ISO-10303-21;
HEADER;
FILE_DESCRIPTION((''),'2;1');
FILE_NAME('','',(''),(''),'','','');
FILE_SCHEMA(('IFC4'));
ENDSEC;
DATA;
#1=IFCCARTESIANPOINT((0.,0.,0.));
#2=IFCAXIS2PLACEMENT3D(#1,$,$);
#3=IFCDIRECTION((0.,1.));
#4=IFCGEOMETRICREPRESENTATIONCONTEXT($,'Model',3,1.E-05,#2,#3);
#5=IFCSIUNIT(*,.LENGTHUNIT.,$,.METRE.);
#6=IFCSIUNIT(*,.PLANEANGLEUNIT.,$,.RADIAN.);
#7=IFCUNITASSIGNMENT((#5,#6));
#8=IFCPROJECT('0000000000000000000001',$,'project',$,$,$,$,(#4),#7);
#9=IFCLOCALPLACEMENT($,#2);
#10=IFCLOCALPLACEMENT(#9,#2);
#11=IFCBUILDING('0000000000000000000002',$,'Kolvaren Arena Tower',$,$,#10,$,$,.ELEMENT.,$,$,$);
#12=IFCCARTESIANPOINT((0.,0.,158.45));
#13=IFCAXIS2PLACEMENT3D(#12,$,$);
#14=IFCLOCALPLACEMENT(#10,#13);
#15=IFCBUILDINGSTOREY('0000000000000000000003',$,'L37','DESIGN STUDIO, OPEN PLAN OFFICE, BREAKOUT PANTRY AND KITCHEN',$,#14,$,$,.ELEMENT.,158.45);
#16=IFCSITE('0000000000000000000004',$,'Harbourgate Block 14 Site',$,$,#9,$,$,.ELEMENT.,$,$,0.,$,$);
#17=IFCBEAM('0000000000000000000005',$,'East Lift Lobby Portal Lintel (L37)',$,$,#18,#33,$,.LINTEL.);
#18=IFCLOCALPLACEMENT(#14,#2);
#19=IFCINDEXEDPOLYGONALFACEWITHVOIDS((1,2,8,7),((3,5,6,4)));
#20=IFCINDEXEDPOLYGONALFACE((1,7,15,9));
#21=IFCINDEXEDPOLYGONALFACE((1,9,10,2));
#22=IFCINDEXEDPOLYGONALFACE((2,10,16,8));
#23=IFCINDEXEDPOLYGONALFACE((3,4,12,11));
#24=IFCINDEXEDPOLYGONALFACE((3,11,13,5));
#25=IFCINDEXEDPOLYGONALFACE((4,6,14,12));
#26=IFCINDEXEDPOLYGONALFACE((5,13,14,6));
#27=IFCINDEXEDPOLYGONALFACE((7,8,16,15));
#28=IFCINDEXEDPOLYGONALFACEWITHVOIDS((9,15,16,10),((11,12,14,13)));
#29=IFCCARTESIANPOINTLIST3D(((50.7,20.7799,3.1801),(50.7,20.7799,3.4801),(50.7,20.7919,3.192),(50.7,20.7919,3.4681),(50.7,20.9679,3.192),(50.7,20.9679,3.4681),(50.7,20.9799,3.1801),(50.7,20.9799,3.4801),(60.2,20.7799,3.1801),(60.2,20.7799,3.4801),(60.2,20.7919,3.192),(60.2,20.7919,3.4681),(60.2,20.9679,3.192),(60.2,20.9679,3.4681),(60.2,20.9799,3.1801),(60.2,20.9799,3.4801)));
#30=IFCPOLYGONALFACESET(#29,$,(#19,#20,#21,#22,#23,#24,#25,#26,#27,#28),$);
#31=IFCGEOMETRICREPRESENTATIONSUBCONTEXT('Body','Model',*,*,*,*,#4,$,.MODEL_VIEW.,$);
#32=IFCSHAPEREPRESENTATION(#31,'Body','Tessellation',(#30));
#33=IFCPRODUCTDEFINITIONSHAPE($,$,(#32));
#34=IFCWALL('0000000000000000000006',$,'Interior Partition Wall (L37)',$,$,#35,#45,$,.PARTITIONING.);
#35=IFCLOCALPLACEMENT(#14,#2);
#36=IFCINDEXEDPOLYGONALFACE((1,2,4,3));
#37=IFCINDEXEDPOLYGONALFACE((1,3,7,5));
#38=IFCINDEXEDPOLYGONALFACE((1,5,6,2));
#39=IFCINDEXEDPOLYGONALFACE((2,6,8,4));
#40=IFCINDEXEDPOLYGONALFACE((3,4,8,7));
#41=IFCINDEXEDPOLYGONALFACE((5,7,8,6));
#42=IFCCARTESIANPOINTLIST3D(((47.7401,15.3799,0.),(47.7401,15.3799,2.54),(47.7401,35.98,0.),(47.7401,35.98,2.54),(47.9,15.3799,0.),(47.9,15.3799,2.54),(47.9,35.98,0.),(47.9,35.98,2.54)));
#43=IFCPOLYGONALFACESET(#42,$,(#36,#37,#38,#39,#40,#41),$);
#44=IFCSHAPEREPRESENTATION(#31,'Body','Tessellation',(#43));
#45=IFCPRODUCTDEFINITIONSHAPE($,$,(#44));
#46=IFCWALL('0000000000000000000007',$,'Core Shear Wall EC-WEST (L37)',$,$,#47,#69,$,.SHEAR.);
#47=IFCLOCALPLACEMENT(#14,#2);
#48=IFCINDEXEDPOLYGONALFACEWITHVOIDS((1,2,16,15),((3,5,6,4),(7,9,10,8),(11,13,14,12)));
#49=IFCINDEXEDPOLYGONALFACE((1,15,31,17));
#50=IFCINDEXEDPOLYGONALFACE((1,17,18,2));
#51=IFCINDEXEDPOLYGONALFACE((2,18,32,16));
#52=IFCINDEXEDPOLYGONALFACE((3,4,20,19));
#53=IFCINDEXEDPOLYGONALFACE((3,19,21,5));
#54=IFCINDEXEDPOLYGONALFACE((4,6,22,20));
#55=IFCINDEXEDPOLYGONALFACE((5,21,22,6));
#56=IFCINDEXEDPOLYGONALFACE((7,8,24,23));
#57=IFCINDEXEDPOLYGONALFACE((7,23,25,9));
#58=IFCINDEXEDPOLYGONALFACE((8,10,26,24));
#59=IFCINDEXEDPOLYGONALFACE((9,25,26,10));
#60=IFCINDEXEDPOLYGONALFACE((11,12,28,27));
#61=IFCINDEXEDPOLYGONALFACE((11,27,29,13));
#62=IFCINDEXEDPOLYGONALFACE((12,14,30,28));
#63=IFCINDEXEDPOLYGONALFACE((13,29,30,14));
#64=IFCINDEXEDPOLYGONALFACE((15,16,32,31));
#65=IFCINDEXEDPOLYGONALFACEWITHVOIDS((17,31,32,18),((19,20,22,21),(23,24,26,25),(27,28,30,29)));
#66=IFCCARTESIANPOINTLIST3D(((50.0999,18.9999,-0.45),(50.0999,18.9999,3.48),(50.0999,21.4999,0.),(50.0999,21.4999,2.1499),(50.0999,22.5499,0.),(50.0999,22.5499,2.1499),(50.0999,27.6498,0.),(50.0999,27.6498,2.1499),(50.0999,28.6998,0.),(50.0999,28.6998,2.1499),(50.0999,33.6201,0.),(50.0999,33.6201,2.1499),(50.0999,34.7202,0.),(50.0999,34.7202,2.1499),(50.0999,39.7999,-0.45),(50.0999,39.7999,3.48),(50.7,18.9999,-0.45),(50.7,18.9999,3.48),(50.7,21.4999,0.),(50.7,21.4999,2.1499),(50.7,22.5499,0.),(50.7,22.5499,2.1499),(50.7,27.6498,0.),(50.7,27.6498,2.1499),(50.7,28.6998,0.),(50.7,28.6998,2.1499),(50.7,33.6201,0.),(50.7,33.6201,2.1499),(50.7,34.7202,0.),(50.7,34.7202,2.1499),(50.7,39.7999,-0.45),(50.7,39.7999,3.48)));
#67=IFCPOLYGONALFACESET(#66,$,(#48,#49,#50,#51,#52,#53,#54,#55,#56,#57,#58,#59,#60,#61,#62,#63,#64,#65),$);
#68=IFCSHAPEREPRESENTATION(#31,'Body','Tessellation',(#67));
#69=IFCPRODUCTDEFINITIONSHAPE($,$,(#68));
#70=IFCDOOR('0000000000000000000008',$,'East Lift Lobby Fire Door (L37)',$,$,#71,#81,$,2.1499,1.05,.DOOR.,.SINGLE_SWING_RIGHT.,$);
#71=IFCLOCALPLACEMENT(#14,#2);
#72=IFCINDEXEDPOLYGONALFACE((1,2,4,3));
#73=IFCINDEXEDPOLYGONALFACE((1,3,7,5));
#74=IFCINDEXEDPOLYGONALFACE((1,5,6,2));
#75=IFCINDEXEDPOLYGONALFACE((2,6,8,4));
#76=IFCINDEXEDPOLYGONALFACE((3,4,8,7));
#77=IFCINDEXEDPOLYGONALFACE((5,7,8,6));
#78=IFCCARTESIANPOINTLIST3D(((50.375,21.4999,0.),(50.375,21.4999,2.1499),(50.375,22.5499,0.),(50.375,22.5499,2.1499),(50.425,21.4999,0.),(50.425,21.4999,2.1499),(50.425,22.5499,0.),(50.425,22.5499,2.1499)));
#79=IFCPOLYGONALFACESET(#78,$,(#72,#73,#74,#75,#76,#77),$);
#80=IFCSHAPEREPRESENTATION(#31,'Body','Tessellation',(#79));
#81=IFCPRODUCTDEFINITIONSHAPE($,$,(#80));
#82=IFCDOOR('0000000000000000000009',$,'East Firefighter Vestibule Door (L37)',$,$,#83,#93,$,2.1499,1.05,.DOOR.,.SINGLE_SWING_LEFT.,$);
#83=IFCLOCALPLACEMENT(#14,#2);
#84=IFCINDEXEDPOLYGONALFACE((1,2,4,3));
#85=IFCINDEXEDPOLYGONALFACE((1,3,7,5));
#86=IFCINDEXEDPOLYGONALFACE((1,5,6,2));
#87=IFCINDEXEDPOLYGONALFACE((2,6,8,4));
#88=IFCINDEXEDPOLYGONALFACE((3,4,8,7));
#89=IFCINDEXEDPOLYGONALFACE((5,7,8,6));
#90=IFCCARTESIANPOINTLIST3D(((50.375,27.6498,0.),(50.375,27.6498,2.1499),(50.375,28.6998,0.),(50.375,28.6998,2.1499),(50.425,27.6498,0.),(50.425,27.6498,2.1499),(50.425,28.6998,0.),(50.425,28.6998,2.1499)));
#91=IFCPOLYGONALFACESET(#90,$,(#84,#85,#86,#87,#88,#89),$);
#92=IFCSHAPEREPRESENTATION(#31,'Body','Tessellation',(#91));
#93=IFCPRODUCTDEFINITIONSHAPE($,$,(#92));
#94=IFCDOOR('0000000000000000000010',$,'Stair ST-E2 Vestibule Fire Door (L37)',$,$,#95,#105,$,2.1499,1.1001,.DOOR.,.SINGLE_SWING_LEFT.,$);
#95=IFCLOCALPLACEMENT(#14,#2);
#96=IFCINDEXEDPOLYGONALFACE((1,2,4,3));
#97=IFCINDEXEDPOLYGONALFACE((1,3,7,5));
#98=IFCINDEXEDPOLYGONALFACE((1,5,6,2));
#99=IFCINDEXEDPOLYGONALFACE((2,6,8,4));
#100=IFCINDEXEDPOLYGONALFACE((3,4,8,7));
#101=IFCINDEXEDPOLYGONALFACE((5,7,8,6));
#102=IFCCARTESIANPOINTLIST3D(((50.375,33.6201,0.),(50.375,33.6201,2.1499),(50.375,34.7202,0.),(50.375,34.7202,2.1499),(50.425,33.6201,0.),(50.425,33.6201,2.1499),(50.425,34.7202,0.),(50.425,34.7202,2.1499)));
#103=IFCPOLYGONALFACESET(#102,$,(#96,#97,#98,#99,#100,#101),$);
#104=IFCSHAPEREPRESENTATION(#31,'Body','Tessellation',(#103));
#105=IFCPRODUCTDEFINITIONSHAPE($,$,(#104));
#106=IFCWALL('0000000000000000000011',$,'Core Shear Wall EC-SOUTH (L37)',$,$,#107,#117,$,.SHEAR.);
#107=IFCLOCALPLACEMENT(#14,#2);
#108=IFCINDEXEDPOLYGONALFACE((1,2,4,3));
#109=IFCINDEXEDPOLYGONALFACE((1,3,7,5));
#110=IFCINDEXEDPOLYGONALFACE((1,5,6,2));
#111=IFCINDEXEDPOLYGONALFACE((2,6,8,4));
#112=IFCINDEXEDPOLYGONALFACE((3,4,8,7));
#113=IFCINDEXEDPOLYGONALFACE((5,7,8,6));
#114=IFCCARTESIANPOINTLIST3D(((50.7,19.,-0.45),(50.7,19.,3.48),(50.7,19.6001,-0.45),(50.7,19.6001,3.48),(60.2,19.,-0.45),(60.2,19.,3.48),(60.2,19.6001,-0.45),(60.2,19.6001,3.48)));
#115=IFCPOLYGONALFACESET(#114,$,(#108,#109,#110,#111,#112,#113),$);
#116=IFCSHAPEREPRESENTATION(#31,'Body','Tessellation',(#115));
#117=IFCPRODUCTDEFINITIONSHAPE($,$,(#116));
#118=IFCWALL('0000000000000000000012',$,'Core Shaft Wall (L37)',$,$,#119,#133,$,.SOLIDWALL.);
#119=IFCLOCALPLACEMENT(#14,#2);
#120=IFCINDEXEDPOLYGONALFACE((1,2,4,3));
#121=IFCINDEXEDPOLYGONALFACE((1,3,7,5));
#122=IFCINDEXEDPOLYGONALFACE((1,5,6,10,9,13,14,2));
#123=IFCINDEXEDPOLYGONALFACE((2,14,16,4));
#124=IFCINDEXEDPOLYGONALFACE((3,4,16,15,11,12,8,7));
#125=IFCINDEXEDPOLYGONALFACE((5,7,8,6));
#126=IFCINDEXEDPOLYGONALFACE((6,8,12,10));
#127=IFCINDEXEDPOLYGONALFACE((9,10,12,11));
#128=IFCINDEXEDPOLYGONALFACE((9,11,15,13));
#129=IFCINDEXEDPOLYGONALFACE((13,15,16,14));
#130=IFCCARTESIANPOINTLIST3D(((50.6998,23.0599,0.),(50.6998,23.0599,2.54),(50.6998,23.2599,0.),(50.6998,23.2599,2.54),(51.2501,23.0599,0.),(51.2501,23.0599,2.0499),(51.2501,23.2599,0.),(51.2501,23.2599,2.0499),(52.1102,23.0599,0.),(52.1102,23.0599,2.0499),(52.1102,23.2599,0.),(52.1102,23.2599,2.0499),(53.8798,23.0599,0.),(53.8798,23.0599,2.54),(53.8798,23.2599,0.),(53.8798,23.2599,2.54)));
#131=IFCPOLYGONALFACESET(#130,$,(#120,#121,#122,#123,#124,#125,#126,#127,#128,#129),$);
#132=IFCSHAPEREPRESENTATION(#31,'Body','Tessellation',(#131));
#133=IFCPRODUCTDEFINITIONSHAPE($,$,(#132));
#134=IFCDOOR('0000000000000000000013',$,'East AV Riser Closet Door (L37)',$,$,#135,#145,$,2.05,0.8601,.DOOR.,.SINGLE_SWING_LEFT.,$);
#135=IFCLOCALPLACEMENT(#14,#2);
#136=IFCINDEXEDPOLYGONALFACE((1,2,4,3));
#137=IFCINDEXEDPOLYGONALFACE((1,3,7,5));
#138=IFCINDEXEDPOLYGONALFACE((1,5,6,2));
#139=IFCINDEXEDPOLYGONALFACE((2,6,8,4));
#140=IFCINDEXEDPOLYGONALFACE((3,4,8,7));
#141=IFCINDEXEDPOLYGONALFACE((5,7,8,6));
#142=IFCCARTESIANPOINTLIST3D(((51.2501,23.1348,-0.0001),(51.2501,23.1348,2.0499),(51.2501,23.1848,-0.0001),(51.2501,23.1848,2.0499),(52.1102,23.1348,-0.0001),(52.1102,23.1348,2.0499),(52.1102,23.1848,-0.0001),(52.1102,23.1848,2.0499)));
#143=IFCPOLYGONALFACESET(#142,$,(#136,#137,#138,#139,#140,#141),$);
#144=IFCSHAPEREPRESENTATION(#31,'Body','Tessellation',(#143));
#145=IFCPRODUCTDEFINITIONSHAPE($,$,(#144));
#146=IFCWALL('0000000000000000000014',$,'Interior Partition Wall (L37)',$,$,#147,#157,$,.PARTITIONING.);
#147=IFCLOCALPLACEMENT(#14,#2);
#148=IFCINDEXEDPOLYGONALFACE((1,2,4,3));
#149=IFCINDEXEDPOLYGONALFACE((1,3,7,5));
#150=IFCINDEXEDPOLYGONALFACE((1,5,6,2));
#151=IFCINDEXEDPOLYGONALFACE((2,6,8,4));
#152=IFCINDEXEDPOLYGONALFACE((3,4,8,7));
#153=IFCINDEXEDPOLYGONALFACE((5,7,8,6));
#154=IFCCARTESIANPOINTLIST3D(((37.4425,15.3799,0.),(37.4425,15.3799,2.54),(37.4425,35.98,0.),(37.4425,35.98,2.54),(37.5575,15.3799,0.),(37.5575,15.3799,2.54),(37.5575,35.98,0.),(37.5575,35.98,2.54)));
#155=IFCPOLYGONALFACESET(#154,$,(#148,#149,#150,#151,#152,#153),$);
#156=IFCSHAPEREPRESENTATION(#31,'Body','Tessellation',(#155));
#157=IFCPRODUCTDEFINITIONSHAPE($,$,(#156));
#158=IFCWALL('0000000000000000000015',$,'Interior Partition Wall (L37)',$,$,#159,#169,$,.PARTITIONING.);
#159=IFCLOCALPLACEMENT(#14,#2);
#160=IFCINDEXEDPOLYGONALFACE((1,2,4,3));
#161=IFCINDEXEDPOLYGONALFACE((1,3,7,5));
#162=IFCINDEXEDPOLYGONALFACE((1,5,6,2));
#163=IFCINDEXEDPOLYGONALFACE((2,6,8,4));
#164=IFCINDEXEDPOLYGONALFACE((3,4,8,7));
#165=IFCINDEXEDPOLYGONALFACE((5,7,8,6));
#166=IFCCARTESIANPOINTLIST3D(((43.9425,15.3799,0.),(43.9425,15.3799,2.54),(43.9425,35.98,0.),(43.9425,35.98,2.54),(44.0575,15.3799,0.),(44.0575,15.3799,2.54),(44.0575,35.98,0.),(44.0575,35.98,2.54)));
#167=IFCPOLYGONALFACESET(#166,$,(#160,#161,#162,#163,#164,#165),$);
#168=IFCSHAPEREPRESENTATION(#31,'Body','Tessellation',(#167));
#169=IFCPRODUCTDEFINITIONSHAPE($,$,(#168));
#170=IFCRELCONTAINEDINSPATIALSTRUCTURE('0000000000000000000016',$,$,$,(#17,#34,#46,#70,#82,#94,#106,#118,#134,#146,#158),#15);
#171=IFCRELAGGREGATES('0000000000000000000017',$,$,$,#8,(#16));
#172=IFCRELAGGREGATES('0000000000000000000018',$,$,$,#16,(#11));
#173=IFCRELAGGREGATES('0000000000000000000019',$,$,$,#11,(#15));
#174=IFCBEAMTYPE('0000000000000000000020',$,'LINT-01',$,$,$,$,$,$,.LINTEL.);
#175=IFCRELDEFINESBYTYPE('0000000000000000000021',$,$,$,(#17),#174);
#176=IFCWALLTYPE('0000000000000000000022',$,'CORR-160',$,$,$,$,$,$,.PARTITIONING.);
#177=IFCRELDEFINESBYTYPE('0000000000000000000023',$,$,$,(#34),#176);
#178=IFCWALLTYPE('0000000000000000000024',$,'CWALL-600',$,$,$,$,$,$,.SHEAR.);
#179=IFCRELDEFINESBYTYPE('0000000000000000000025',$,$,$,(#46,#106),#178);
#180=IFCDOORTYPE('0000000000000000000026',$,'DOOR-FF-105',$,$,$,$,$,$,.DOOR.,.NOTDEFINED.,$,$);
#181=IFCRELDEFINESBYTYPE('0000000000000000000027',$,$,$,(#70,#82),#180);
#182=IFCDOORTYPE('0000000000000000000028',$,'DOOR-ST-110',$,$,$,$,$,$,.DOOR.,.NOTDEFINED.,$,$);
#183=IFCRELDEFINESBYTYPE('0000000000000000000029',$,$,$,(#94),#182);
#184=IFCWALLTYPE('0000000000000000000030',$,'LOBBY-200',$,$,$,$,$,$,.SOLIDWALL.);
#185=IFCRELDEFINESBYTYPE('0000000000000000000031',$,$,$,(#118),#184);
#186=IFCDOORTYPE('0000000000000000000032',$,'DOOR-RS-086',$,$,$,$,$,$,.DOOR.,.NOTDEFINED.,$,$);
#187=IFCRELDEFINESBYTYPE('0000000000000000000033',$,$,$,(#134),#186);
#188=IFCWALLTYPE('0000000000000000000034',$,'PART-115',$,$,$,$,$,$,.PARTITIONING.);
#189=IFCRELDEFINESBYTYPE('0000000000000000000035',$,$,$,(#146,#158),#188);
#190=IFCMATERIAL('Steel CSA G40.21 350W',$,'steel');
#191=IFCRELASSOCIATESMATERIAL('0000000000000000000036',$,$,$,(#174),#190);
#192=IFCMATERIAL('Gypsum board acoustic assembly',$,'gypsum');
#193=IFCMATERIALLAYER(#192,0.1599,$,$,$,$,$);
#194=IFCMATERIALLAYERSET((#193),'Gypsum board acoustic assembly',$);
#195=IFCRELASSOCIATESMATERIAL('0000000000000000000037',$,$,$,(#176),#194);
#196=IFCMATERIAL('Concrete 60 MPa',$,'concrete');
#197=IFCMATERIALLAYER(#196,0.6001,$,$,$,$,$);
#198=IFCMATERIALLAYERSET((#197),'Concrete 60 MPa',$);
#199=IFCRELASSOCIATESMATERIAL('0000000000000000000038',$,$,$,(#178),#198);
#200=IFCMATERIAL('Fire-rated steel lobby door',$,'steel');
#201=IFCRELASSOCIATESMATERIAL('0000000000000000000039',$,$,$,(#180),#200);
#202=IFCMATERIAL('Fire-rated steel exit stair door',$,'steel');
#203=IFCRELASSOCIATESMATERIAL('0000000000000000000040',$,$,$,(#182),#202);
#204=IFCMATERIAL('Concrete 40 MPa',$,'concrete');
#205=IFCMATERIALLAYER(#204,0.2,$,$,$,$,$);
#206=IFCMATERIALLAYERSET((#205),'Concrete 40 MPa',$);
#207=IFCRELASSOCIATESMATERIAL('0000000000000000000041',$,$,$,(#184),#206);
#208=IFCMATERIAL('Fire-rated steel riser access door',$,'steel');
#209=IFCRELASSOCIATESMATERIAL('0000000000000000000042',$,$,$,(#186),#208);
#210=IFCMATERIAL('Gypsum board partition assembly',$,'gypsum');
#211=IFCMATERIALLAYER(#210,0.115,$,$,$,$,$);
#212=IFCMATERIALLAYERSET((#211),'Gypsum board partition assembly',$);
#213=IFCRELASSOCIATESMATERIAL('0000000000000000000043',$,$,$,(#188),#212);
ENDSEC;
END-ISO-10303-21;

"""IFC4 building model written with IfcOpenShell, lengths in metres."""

from ifc_helpers import new_model, si_unit, direction, frame, frame_2d, origin, origin_2d, place, context, subcontext, project, spatial, rectangle, hollow_rectangle, extrude, material, layer, layer_set, material_profile, profile_set, type_object, element, fill, save


model = new_model("IFC4")

# Units and contexts
model_context = context("Model", 3, precision=1e-05, world=origin(), true_north=direction((0.0, 1.0)))
body_context = subcontext(model_context, "Body", "Model", "MODEL_VIEW")
ifc_project = project(units=[si_unit("LENGTHUNIT", "METRE"), si_unit("PLANEANGLEUNIT", "RADIAN")], contexts=[model_context])

# Site, building, storey
site_placement = place(None, origin())
site = spatial("IfcSite", under=ifc_project, at=site_placement, Name="Harbourgate Block 14 Site", CompositionType="ELEMENT", RefElevation=0.0)
building_placement = place(site_placement, origin())
building = spatial("IfcBuilding", under=site, at=building_placement, Name="Kolvaren Arena Tower", CompositionType="ELEMENT")
storey_placement = place(building_placement, frame((0.0, 0.0, 158.45)))
storey = spatial("IfcBuildingStorey", under=building, at=storey_placement, Name="L37", Description="DESIGN STUDIO, OPEN PLAN OFFICE, BREAKOUT PANTRY AND KITCHEN", CompositionType="ELEMENT", Elevation=158.45)

# Beam
ifc_material_1 = material(Name="Steel CSA G40.21 350W", Category="steel")
ifc_material_profile_1 = material_profile(ifc_material_1, hollow_rectangle(XDim=0.2, YDim=0.3, WallThickness=0.012, at=origin_2d()), Name="HSS 300x200x12")
ifc_profile_set_1 = profile_set([ifc_material_profile_1], Name="Steel CSA G40.21 350W")
beam_type_1 = type_object("IfcBeamType", Name="LINT-01", PredefinedType="LINTEL", material=ifc_profile_set_1)
beam_1_placement = place(storey_placement, frame((50.7, 20.8799, 3.3301), z_axis=(1.0, 0.0, 0.0), x_axis=(0.0, 1.0, 0.0)))
element("IfcBeam", 1, at=beam_1_placement, inside=storey, type_object=beam_type_1, Name="East Lift Lobby Portal Lintel (L37)", PredefinedType="LINTEL", context=body_context, shape_type="SweptSolid", body=[
    extrude(hollow_rectangle(XDim=0.2, YDim=0.3, WallThickness=0.012, at=origin_2d()), origin(), (0.0, 0.0, 1.0), 9.5),
])

# Wall
ifc_material_2 = material(Name="Gypsum board acoustic assembly", Category="gypsum")
ifc_layer_1 = layer(ifc_material_2, 0.1599)
ifc_layer_set_1 = layer_set([ifc_layer_1], Name="Gypsum board acoustic assembly")
wall_type_1 = type_object("IfcWallType", Name="CORR-160", PredefinedType="PARTITIONING", material=ifc_layer_set_1)
wall_1_placement = place(storey_placement, frame((47.8201, 15.3799, 0.0), z_axis=(0.0, 0.0, 1.0), x_axis=(0.0, 1.0, 0.0)))
element("IfcWall", 2, at=wall_1_placement, inside=storey, type_object=wall_type_1, Name="Interior Partition Wall (L37)", PredefinedType="PARTITIONING", context=body_context, shape_type="SweptSolid", body=[
    extrude(rectangle(XDim=20.6001, YDim=0.1599, at=frame_2d((10.3, 0.0))), origin(), (0.0, 0.0, 1.0), 2.54),
])

# Wall, openings, doors
ifc_material_3 = material(Name="Concrete 60 MPa", Category="concrete")
ifc_layer_2 = layer(ifc_material_3, 0.6001)
ifc_layer_set_2 = layer_set([ifc_layer_2], Name="Concrete 60 MPa")
wall_type_2 = type_object("IfcWallType", Name="CWALL-600", PredefinedType="SHEAR", material=ifc_layer_set_2)
wall_2_placement = place(storey_placement, frame((50.3999, 19.0, -0.45), z_axis=(0.0, 0.0, 1.0), x_axis=(0.0, 1.0, 0.0)))
wall_2 = element("IfcWall", 3, at=wall_2_placement, inside=storey, type_object=wall_type_2, Name="Core Shear Wall EC-WEST (L37)", PredefinedType="SHEAR", context=body_context, shape_type="SweptSolid", body=[
    extrude(rectangle(XDim=20.8, YDim=0.6001, at=frame_2d((10.3999, 0.0))), origin(), (0.0, 0.0, 1.0), 3.9299),
])
opening_1_placement = place(wall_2_placement, frame((2.5, 0.0, 0.45)))
opening_1 = element("IfcOpeningElement", 4, at=opening_1_placement, cuts=wall_2, PredefinedType="OPENING", context=body_context, shape_type="SweptSolid", body=[
    extrude(rectangle(XDim=1.05, YDim=2.1499, at=frame_2d((0.5249, 1.075))), frame((0.0, 0.3101, 0.0), z_axis=(0.0, -1.0, 0.0), x_axis=(1.0, 0.0, 0.0)), (0.0, 0.0, 1.0), 0.6201),
])
opening_2_placement = place(wall_2_placement, frame((8.6499, 0.0, 0.45)))
opening_2 = element("IfcOpeningElement", 5, at=opening_2_placement, cuts=wall_2, PredefinedType="OPENING", context=body_context, shape_type="SweptSolid", body=[
    extrude(rectangle(XDim=1.05, YDim=2.1499, at=frame_2d((0.5249, 1.075))), frame((0.0, 0.3101, 0.0), z_axis=(0.0, -1.0, 0.0), x_axis=(1.0, 0.0, 0.0)), (0.0, 0.0, 1.0), 0.6201),
])
opening_3_placement = place(wall_2_placement, frame((14.6201, 0.0, 0.45)))
opening_3 = element("IfcOpeningElement", 6, at=opening_3_placement, cuts=wall_2, PredefinedType="OPENING", context=body_context, shape_type="SweptSolid", body=[
    extrude(rectangle(XDim=1.1001, YDim=2.1499, at=frame_2d((0.55, 1.075))), frame((0.0, 0.3101, 0.0), z_axis=(0.0, -1.0, 0.0), x_axis=(1.0, 0.0, 0.0)), (0.0, 0.0, 1.0), 0.6201),
])
ifc_material_4 = material(Name="Fire-rated steel lobby door", Category="steel")
door_type_1 = type_object("IfcDoorType", Name="DOOR-FF-105", OperationType="NOTDEFINED", PredefinedType="DOOR", material=ifc_material_4)
door_1_placement = place(opening_1_placement, origin())
door_1 = element("IfcDoor", 7, at=door_1_placement, inside=storey, type_object=door_type_1, Name="East Lift Lobby Fire Door (L37)", OperationType="SINGLE_SWING_RIGHT", OverallHeight=2.1499, OverallWidth=1.05, PredefinedType="DOOR", context=body_context, shape_type="SweptSolid", body=[
    extrude(rectangle(XDim=1.05, YDim=2.1499, at=frame_2d((0.5249, 1.075))), frame((0.0, 0.0249, 0.0), z_axis=(0.0, -1.0, 0.0), x_axis=(1.0, 0.0, 0.0)), (0.0, 0.0, 1.0), 0.05),
])
fill(opening_1, door_1)
door_2_placement = place(opening_2_placement, origin())
door_2 = element("IfcDoor", 8, at=door_2_placement, inside=storey, type_object=door_type_1, Name="East Firefighter Vestibule Door (L37)", OperationType="SINGLE_SWING_LEFT", OverallHeight=2.1499, OverallWidth=1.05, PredefinedType="DOOR", context=body_context, shape_type="SweptSolid", body=[
    extrude(rectangle(XDim=1.05, YDim=2.1499, at=frame_2d((0.5249, 1.075))), frame((0.0, 0.0249, 0.0), z_axis=(0.0, -1.0, 0.0), x_axis=(1.0, 0.0, 0.0)), (0.0, 0.0, 1.0), 0.05),
])
fill(opening_2, door_2)
ifc_material_5 = material(Name="Fire-rated steel exit stair door", Category="steel")
door_type_2 = type_object("IfcDoorType", Name="DOOR-ST-110", OperationType="NOTDEFINED", PredefinedType="DOOR", material=ifc_material_5)
door_3_placement = place(opening_3_placement, origin())
door_3 = element("IfcDoor", 9, at=door_3_placement, inside=storey, type_object=door_type_2, Name="Stair ST-E2 Vestibule Fire Door (L37)", OperationType="SINGLE_SWING_LEFT", OverallHeight=2.1499, OverallWidth=1.1001, PredefinedType="DOOR", context=body_context, shape_type="SweptSolid", body=[
    extrude(rectangle(XDim=1.1001, YDim=2.1499, at=frame_2d((0.55, 1.075))), frame((0.0, 0.0249, 0.0), z_axis=(0.0, -1.0, 0.0), x_axis=(1.0, 0.0, 0.0)), (0.0, 0.0, 1.0), 0.05),
])
fill(opening_3, door_3)

# Wall
wall_3_placement = place(storey_placement, frame((50.7, 19.3, -0.45), z_axis=(0.0, 0.0, 1.0), x_axis=(1.0, 0.0, 0.0)))
element("IfcWall", 10, at=wall_3_placement, inside=storey, type_object=wall_type_2, Name="Core Shear Wall EC-SOUTH (L37)", PredefinedType="SHEAR", context=body_context, shape_type="SweptSolid", body=[
    extrude(rectangle(XDim=9.5, YDim=0.6001, at=frame_2d((4.75, 0.0))), origin(), (0.0, 0.0, 1.0), 3.9299),
])

# Shared definitions
ifc_material_6 = material(Name="Concrete 40 MPa", Category="concrete")
ifc_layer_3 = layer(ifc_material_6, 0.2)
ifc_layer_set_3 = layer_set([ifc_layer_3], Name="Concrete 40 MPa")
wall_type_3 = type_object("IfcWallType", Name="LOBBY-200", PredefinedType="SOLIDWALL", material=ifc_layer_set_3)

# Wall, opening, door
wall_4_placement = place(storey_placement, frame((50.7, 23.1599, 0.0), z_axis=(0.0, 0.0, 1.0), x_axis=(1.0, 0.0, 0.0)))
wall_4 = element("IfcWall", 11, at=wall_4_placement, inside=storey, type_object=wall_type_3, Name="Core Shaft Wall (L37)", PredefinedType="SOLIDWALL", context=body_context, shape_type="SweptSolid", body=[
    extrude(rectangle(XDim=3.1799, YDim=0.2, at=frame_2d((1.5898, 0.0))), origin(), (0.0, 0.0, 1.0), 2.54),
])
opening_4_placement = place(wall_4_placement, frame((0.55, 0.0, 0.0)))
opening_4 = element("IfcOpeningElement", 12, at=opening_4_placement, cuts=wall_4, PredefinedType="OPENING", context=body_context, shape_type="SweptSolid", body=[
    extrude(rectangle(XDim=0.8601, YDim=2.05, at=frame_2d((0.4302, 1.0249))), frame((0.0, 0.1099, 0.0), z_axis=(0.0, -1.0, 0.0), x_axis=(1.0, 0.0, 0.0)), (0.0, 0.0, 1.0), 0.22),
])
ifc_material_7 = material(Name="Fire-rated steel riser access door", Category="steel")
door_type_3 = type_object("IfcDoorType", Name="DOOR-RS-086", OperationType="NOTDEFINED", PredefinedType="DOOR", material=ifc_material_7)
door_4_placement = place(opening_4_placement, origin())
door_4 = element("IfcDoor", 13, at=door_4_placement, inside=storey, type_object=door_type_3, Name="East AV Riser Closet Door (L37)", OperationType="SINGLE_SWING_LEFT", OverallHeight=2.05, OverallWidth=0.8601, PredefinedType="DOOR", context=body_context, shape_type="SweptSolid", body=[
    extrude(rectangle(XDim=0.8601, YDim=2.05, at=frame_2d((0.4302, 1.0249))), frame((0.0, 0.0249, 0.0), z_axis=(0.0, -1.0, 0.0), x_axis=(1.0, 0.0, 0.0)), (0.0, 0.0, 1.0), 0.05),
])
fill(opening_4, door_4)

# Walls
ifc_material_8 = material(Name="Gypsum board partition assembly", Category="gypsum")
ifc_layer_4 = layer(ifc_material_8, 0.115)
ifc_layer_set_4 = layer_set([ifc_layer_4], Name="Gypsum board partition assembly")
wall_type_4 = type_object("IfcWallType", Name="PART-115", PredefinedType="PARTITIONING", material=ifc_layer_set_4)
for number, where, z_axis, x_axis, name in (
    (14, (37.5, 15.3799, 0.0), (0.0, 0.0, 1.0), (0.0, 1.0, 0.0), "Interior Partition Wall (L37)"),
    (15, (44.0, 15.3799, 0.0), (0.0, 0.0, 1.0), (0.0, 1.0, 0.0), "Interior Partition Wall (L37)"),
):
    element("IfcWall", number, at=place(storey_placement, frame(where, z_axis=z_axis, x_axis=x_axis)), inside=storey, type_object=wall_type_4, Name=name, PredefinedType="PARTITIONING", context=body_context, shape_type="SweptSolid", body=[
        extrude(rectangle(XDim=20.6001, YDim=0.115, at=frame_2d((10.3, 0.0))), origin(), (0.0, 0.0, 1.0), 2.54),
    ])

save(model, "model.ifc")
